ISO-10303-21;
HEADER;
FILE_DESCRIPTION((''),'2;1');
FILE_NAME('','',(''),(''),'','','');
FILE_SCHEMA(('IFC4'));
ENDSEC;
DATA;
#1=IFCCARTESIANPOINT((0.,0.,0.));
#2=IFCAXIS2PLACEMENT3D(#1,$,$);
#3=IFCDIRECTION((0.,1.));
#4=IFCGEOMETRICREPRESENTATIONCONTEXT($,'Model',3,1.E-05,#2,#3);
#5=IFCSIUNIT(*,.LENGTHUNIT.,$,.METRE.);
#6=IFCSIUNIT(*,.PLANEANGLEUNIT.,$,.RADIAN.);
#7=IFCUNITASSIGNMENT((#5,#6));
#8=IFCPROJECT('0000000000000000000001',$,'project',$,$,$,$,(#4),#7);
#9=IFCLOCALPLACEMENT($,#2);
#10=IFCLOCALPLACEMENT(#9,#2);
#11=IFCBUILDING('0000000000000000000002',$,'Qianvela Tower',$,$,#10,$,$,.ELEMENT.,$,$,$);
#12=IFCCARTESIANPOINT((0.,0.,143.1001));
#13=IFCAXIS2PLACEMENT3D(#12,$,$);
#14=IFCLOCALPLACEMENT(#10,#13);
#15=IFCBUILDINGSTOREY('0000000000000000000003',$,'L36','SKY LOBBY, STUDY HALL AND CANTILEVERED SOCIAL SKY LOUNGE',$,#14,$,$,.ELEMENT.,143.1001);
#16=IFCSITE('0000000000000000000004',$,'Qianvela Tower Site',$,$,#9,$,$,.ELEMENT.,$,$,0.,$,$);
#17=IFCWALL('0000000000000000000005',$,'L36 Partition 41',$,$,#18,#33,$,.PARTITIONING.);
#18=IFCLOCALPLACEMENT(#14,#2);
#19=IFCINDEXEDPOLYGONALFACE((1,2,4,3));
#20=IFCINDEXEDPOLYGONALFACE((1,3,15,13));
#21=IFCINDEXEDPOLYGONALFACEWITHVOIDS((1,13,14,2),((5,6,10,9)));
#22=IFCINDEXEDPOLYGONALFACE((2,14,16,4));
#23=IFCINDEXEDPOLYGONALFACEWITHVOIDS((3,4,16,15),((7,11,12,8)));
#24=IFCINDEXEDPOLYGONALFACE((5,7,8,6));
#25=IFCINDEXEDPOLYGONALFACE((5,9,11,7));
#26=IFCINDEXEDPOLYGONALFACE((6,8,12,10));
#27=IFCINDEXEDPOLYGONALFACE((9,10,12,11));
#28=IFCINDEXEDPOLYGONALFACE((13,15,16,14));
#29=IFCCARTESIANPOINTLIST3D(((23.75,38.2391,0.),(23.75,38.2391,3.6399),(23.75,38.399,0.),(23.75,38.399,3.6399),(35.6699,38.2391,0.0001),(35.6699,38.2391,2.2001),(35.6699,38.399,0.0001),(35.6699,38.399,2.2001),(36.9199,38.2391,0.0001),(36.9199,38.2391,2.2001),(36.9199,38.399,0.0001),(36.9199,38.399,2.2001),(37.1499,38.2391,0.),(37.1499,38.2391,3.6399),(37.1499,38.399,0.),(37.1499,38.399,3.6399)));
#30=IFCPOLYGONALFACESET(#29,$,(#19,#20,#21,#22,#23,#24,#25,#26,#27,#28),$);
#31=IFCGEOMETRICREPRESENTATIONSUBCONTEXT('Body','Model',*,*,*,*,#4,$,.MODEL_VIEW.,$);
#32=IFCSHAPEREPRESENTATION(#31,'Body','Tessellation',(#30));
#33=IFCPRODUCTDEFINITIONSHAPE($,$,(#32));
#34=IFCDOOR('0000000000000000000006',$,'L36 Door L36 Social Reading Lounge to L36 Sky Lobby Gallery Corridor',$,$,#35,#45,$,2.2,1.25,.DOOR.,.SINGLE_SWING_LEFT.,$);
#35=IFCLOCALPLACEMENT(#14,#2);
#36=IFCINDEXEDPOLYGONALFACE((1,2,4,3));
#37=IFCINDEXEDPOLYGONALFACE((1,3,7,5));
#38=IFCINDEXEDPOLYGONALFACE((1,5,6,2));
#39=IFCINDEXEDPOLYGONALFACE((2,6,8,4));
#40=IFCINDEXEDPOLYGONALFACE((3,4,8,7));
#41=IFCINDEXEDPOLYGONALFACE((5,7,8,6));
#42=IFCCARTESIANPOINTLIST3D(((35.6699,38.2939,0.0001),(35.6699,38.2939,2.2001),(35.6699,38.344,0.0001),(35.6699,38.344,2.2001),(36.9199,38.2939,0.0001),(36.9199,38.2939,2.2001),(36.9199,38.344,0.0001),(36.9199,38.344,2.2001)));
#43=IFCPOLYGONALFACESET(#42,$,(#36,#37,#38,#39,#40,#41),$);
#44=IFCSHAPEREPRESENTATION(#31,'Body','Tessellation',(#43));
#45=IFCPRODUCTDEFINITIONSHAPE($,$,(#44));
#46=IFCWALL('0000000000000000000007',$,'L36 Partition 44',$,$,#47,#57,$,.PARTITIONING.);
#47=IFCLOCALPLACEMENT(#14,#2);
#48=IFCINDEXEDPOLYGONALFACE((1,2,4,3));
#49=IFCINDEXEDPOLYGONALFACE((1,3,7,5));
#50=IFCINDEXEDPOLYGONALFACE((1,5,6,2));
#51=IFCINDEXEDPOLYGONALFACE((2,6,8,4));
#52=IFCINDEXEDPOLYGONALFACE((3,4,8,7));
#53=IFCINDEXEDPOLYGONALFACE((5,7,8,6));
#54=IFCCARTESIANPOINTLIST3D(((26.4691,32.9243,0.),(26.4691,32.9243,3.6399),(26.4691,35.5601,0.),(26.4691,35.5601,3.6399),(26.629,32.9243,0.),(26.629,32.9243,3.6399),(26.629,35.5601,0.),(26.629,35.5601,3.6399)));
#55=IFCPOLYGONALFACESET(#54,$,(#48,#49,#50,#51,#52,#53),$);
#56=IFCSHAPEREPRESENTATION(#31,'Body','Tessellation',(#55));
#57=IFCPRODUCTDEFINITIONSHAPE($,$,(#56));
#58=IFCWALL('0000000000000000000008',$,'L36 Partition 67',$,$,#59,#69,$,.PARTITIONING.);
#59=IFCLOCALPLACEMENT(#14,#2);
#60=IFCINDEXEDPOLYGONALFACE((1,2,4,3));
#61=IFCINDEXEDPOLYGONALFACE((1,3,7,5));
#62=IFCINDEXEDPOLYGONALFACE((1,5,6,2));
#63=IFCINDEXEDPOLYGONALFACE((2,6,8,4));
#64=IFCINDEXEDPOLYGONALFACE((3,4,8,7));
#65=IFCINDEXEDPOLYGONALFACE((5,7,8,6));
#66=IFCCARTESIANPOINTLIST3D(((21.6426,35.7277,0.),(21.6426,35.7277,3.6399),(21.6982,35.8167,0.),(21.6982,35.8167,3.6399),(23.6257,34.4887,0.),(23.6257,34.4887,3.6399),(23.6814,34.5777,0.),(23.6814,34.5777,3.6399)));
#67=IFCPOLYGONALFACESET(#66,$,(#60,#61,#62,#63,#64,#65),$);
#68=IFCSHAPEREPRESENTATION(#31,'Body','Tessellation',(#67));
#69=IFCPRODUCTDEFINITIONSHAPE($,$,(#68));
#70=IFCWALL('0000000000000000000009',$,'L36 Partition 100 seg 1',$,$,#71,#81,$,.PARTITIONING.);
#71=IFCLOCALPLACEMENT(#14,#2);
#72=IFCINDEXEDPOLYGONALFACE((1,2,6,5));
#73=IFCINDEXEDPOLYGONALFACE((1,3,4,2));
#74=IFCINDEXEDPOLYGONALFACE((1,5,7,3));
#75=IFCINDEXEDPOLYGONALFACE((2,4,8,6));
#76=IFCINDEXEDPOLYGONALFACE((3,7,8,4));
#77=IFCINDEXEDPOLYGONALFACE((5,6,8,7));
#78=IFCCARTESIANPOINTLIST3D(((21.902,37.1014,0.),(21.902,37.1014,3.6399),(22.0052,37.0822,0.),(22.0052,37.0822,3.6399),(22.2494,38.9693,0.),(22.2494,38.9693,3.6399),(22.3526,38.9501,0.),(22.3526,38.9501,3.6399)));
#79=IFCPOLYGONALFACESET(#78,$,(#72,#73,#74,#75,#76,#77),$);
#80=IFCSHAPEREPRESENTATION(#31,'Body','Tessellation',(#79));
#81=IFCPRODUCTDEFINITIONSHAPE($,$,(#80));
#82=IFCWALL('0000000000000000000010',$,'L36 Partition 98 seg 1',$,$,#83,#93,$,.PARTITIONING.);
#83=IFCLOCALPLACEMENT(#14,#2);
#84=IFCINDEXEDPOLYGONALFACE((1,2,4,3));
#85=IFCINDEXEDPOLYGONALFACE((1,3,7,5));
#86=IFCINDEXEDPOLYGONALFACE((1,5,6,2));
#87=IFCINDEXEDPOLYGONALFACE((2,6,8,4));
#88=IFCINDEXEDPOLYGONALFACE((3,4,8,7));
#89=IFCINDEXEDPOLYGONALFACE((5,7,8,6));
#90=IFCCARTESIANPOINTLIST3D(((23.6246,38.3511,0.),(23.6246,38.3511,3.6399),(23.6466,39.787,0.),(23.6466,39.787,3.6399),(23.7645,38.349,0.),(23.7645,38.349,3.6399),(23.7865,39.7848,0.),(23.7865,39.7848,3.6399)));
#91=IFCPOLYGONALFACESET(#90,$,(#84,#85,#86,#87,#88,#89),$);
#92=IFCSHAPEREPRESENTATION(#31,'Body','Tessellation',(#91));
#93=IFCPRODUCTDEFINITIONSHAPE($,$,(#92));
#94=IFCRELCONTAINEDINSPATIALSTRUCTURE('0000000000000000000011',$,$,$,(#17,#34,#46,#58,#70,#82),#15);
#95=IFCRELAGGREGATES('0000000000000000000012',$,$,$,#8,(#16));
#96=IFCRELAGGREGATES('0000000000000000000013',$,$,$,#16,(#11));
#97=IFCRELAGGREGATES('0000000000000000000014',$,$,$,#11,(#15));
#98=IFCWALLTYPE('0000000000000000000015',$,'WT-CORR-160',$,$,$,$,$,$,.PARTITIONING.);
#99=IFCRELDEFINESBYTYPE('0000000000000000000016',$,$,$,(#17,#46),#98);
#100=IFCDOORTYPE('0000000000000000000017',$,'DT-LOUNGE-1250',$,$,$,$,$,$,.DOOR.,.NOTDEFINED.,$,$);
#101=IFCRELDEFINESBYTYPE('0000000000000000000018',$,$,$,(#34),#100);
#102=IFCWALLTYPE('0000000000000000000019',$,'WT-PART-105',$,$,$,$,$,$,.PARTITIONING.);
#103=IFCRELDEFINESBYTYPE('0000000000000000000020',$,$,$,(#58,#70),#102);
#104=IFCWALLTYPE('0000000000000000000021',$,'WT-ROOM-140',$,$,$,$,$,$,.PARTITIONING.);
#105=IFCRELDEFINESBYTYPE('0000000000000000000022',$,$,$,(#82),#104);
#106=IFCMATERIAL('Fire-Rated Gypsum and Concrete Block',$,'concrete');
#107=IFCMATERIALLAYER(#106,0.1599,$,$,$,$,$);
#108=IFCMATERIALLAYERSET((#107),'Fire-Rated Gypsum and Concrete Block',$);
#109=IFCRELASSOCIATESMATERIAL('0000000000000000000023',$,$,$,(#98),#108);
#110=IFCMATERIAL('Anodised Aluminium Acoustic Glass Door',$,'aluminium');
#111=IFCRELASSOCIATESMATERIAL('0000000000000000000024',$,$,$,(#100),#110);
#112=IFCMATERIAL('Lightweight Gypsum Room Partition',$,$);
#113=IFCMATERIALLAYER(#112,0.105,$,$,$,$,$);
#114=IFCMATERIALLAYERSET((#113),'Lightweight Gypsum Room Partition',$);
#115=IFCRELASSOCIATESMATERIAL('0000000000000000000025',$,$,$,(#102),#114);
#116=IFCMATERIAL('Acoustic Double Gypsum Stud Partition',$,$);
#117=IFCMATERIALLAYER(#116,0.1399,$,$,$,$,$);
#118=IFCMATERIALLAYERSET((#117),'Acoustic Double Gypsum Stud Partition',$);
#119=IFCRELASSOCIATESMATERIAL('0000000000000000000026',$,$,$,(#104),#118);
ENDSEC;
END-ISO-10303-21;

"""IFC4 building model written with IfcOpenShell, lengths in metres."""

from ifc_helpers import new_model, si_unit, direction, frame, frame_2d, origin, place, context, subcontext, project, spatial, rectangle, extrude, material, layer, layer_set, type_object, element, fill, save


model = new_model("IFC4")

# Units and contexts
model_context = context("Model", 3, precision=1e-05, world=origin(), true_north=direction((0.0, 1.0)))
body_context = subcontext(model_context, "Body", "Model", "MODEL_VIEW")
ifc_project = project(units=[si_unit("LENGTHUNIT", "METRE"), si_unit("PLANEANGLEUNIT", "RADIAN")], contexts=[model_context])

# Site, building, storey
site_placement = place(None, origin())
site = spatial("IfcSite", under=ifc_project, at=site_placement, Name="Qianvela Tower Site", CompositionType="ELEMENT", RefElevation=0.0)
building_placement = place(site_placement, origin())
building = spatial("IfcBuilding", under=site, at=building_placement, Name="Qianvela Tower", CompositionType="ELEMENT")
storey_placement = place(building_placement, frame((0.0, 0.0, 143.1001)))
storey = spatial("IfcBuildingStorey", under=building, at=storey_placement, Name="L36", Description="SKY LOBBY, STUDY HALL AND CANTILEVERED SOCIAL SKY LOUNGE", CompositionType="ELEMENT", Elevation=143.1001)

# Wall, opening, door
ifc_material_1 = material(Name="Fire-Rated Gypsum and Concrete Block", Category="concrete")
ifc_layer_1 = layer(ifc_material_1, 0.1599)
ifc_layer_set_1 = layer_set([ifc_layer_1], Name="Fire-Rated Gypsum and Concrete Block")
wall_type_1 = type_object("IfcWallType", Name="WT-CORR-160", PredefinedType="PARTITIONING", material=ifc_layer_set_1)
wall_1_placement = place(storey_placement, frame((23.75, 38.3191, 0.0), z_axis=(0.0, 0.0, 1.0), x_axis=(1.0, 0.0, 0.0)))
wall_1 = element("IfcWall", 1, at=wall_1_placement, inside=storey, type_object=wall_type_1, Name="L36 Partition 41", PredefinedType="PARTITIONING", context=body_context, shape_type="SweptSolid", body=[
    extrude(rectangle(XDim=13.3999, YDim=0.1599, at=frame_2d((6.7, 0.0))), origin(), (0.0, 0.0, 1.0), 3.6399),
])
opening_placement = place(wall_1_placement, frame((11.9199, 0.0, 0.0)))
opening = element("IfcOpeningElement", 2, at=opening_placement, cuts=wall_1, PredefinedType="OPENING", context=body_context, shape_type="SweptSolid", body=[
    extrude(rectangle(XDim=1.25, YDim=2.2, at=frame_2d((0.625, 1.1001))), frame((0.0, 0.0898, 0.0), z_axis=(0.0, -1.0, 0.0), x_axis=(1.0, 0.0, 0.0)), (0.0, 0.0, 1.0), 0.1799),
])
ifc_material_2 = material(Name="Anodised Aluminium Acoustic Glass Door", Category="aluminium")
door_type = type_object("IfcDoorType", Name="DT-LOUNGE-1250", OperationType="NOTDEFINED", PredefinedType="DOOR", material=ifc_material_2)
door_placement = place(opening_placement, origin())
door = element("IfcDoor", 3, at=door_placement, inside=storey, type_object=door_type, Name="L36 Door L36 Social Reading Lounge to L36 Sky Lobby Gallery Corridor", OperationType="SINGLE_SWING_LEFT", OverallHeight=2.2, OverallWidth=1.25, PredefinedType="DOOR", context=body_context, shape_type="SweptSolid", body=[
    extrude(rectangle(XDim=1.25, YDim=2.2, at=frame_2d((0.625, 1.1001))), frame((0.0, 0.0249, 0.0), z_axis=(0.0, -1.0, 0.0), x_axis=(1.0, 0.0, 0.0)), (0.0, 0.0, 1.0), 0.05),
])
fill(opening, door)

# Walls
wall_2_placement = place(storey_placement, frame((26.5491, 35.5601, 0.0), z_axis=(0.0, 0.0, 1.0), x_axis=(0.0, -1.0, 0.0)))
element("IfcWall", 4, at=wall_2_placement, inside=storey, type_object=wall_type_1, Name="L36 Partition 44", PredefinedType="PARTITIONING", context=body_context, shape_type="SweptSolid", body=[
    extrude(rectangle(XDim=2.6357, YDim=0.1599, at=frame_2d((1.3179, 0.0))), origin(), (0.0, 0.0, 1.0), 3.6399),
])
ifc_material_3 = material(Name="Lightweight Gypsum Room Partition")
ifc_layer_2 = layer(ifc_material_3, 0.105)
ifc_layer_set_2 = layer_set([ifc_layer_2], Name="Lightweight Gypsum Room Partition")
wall_type_2 = type_object("IfcWallType", Name="WT-PART-105", PredefinedType="PARTITIONING", material=ifc_layer_set_2)
wall_3_placement = place(storey_placement, frame((21.6704, 35.7722, 0.0), z_axis=(0.0, 0.0, 1.0), x_axis=(0.848086, -0.529858, 0.0)))
element("IfcWall", 5, at=wall_3_placement, inside=storey, type_object=wall_type_2, Name="L36 Partition 67", PredefinedType="PARTITIONING", context=body_context, shape_type="SweptSolid", body=[
    extrude(rectangle(XDim=2.3384, YDim=0.105, at=frame_2d((1.1692, 0.0))), origin(), (0.0, 0.0, 1.0), 3.6399),
])
wall_4_placement = place(storey_placement, frame((21.9536, 37.0918, 0.0), z_axis=(0.0, 0.0, 1.0), x_axis=(0.182853, 0.98314, 0.0)))
element("IfcWall", 6, at=wall_4_placement, inside=storey, type_object=wall_type_2, Name="L36 Partition 100 seg 1", PredefinedType="PARTITIONING", context=body_context, shape_type="SweptSolid", body=[
    extrude(rectangle(XDim=1.8999, YDim=0.105, at=frame_2d((0.95, 0.0))), origin(), (0.0, 0.0, 1.0), 3.6399),
])
ifc_material_4 = material(Name="Acoustic Double Gypsum Stud Partition")
ifc_layer_3 = layer(ifc_material_4, 0.1399)
ifc_layer_set_3 = layer_set([ifc_layer_3], Name="Acoustic Double Gypsum Stud Partition")
wall_type_3 = type_object("IfcWallType", Name="WT-ROOM-140", PredefinedType="PARTITIONING", material=ifc_layer_set_3)
wall_5_placement = place(storey_placement, frame((23.7166, 39.7859, 0.0), z_axis=(0.0, 0.0, 1.0), x_axis=(-0.015302, -0.999883, 0.0)))
element("IfcWall", 7, at=wall_5_placement, inside=storey, type_object=wall_type_3, Name="L36 Partition 98 seg 1", PredefinedType="PARTITIONING", context=body_context, shape_type="SweptSolid", body=[
    extrude(rectangle(XDim=1.436, YDim=0.1399, at=frame_2d((0.718, 0.0))), origin(), (0.0, 0.0, 1.0), 3.6399),
])

save(model, "model.ifc")
